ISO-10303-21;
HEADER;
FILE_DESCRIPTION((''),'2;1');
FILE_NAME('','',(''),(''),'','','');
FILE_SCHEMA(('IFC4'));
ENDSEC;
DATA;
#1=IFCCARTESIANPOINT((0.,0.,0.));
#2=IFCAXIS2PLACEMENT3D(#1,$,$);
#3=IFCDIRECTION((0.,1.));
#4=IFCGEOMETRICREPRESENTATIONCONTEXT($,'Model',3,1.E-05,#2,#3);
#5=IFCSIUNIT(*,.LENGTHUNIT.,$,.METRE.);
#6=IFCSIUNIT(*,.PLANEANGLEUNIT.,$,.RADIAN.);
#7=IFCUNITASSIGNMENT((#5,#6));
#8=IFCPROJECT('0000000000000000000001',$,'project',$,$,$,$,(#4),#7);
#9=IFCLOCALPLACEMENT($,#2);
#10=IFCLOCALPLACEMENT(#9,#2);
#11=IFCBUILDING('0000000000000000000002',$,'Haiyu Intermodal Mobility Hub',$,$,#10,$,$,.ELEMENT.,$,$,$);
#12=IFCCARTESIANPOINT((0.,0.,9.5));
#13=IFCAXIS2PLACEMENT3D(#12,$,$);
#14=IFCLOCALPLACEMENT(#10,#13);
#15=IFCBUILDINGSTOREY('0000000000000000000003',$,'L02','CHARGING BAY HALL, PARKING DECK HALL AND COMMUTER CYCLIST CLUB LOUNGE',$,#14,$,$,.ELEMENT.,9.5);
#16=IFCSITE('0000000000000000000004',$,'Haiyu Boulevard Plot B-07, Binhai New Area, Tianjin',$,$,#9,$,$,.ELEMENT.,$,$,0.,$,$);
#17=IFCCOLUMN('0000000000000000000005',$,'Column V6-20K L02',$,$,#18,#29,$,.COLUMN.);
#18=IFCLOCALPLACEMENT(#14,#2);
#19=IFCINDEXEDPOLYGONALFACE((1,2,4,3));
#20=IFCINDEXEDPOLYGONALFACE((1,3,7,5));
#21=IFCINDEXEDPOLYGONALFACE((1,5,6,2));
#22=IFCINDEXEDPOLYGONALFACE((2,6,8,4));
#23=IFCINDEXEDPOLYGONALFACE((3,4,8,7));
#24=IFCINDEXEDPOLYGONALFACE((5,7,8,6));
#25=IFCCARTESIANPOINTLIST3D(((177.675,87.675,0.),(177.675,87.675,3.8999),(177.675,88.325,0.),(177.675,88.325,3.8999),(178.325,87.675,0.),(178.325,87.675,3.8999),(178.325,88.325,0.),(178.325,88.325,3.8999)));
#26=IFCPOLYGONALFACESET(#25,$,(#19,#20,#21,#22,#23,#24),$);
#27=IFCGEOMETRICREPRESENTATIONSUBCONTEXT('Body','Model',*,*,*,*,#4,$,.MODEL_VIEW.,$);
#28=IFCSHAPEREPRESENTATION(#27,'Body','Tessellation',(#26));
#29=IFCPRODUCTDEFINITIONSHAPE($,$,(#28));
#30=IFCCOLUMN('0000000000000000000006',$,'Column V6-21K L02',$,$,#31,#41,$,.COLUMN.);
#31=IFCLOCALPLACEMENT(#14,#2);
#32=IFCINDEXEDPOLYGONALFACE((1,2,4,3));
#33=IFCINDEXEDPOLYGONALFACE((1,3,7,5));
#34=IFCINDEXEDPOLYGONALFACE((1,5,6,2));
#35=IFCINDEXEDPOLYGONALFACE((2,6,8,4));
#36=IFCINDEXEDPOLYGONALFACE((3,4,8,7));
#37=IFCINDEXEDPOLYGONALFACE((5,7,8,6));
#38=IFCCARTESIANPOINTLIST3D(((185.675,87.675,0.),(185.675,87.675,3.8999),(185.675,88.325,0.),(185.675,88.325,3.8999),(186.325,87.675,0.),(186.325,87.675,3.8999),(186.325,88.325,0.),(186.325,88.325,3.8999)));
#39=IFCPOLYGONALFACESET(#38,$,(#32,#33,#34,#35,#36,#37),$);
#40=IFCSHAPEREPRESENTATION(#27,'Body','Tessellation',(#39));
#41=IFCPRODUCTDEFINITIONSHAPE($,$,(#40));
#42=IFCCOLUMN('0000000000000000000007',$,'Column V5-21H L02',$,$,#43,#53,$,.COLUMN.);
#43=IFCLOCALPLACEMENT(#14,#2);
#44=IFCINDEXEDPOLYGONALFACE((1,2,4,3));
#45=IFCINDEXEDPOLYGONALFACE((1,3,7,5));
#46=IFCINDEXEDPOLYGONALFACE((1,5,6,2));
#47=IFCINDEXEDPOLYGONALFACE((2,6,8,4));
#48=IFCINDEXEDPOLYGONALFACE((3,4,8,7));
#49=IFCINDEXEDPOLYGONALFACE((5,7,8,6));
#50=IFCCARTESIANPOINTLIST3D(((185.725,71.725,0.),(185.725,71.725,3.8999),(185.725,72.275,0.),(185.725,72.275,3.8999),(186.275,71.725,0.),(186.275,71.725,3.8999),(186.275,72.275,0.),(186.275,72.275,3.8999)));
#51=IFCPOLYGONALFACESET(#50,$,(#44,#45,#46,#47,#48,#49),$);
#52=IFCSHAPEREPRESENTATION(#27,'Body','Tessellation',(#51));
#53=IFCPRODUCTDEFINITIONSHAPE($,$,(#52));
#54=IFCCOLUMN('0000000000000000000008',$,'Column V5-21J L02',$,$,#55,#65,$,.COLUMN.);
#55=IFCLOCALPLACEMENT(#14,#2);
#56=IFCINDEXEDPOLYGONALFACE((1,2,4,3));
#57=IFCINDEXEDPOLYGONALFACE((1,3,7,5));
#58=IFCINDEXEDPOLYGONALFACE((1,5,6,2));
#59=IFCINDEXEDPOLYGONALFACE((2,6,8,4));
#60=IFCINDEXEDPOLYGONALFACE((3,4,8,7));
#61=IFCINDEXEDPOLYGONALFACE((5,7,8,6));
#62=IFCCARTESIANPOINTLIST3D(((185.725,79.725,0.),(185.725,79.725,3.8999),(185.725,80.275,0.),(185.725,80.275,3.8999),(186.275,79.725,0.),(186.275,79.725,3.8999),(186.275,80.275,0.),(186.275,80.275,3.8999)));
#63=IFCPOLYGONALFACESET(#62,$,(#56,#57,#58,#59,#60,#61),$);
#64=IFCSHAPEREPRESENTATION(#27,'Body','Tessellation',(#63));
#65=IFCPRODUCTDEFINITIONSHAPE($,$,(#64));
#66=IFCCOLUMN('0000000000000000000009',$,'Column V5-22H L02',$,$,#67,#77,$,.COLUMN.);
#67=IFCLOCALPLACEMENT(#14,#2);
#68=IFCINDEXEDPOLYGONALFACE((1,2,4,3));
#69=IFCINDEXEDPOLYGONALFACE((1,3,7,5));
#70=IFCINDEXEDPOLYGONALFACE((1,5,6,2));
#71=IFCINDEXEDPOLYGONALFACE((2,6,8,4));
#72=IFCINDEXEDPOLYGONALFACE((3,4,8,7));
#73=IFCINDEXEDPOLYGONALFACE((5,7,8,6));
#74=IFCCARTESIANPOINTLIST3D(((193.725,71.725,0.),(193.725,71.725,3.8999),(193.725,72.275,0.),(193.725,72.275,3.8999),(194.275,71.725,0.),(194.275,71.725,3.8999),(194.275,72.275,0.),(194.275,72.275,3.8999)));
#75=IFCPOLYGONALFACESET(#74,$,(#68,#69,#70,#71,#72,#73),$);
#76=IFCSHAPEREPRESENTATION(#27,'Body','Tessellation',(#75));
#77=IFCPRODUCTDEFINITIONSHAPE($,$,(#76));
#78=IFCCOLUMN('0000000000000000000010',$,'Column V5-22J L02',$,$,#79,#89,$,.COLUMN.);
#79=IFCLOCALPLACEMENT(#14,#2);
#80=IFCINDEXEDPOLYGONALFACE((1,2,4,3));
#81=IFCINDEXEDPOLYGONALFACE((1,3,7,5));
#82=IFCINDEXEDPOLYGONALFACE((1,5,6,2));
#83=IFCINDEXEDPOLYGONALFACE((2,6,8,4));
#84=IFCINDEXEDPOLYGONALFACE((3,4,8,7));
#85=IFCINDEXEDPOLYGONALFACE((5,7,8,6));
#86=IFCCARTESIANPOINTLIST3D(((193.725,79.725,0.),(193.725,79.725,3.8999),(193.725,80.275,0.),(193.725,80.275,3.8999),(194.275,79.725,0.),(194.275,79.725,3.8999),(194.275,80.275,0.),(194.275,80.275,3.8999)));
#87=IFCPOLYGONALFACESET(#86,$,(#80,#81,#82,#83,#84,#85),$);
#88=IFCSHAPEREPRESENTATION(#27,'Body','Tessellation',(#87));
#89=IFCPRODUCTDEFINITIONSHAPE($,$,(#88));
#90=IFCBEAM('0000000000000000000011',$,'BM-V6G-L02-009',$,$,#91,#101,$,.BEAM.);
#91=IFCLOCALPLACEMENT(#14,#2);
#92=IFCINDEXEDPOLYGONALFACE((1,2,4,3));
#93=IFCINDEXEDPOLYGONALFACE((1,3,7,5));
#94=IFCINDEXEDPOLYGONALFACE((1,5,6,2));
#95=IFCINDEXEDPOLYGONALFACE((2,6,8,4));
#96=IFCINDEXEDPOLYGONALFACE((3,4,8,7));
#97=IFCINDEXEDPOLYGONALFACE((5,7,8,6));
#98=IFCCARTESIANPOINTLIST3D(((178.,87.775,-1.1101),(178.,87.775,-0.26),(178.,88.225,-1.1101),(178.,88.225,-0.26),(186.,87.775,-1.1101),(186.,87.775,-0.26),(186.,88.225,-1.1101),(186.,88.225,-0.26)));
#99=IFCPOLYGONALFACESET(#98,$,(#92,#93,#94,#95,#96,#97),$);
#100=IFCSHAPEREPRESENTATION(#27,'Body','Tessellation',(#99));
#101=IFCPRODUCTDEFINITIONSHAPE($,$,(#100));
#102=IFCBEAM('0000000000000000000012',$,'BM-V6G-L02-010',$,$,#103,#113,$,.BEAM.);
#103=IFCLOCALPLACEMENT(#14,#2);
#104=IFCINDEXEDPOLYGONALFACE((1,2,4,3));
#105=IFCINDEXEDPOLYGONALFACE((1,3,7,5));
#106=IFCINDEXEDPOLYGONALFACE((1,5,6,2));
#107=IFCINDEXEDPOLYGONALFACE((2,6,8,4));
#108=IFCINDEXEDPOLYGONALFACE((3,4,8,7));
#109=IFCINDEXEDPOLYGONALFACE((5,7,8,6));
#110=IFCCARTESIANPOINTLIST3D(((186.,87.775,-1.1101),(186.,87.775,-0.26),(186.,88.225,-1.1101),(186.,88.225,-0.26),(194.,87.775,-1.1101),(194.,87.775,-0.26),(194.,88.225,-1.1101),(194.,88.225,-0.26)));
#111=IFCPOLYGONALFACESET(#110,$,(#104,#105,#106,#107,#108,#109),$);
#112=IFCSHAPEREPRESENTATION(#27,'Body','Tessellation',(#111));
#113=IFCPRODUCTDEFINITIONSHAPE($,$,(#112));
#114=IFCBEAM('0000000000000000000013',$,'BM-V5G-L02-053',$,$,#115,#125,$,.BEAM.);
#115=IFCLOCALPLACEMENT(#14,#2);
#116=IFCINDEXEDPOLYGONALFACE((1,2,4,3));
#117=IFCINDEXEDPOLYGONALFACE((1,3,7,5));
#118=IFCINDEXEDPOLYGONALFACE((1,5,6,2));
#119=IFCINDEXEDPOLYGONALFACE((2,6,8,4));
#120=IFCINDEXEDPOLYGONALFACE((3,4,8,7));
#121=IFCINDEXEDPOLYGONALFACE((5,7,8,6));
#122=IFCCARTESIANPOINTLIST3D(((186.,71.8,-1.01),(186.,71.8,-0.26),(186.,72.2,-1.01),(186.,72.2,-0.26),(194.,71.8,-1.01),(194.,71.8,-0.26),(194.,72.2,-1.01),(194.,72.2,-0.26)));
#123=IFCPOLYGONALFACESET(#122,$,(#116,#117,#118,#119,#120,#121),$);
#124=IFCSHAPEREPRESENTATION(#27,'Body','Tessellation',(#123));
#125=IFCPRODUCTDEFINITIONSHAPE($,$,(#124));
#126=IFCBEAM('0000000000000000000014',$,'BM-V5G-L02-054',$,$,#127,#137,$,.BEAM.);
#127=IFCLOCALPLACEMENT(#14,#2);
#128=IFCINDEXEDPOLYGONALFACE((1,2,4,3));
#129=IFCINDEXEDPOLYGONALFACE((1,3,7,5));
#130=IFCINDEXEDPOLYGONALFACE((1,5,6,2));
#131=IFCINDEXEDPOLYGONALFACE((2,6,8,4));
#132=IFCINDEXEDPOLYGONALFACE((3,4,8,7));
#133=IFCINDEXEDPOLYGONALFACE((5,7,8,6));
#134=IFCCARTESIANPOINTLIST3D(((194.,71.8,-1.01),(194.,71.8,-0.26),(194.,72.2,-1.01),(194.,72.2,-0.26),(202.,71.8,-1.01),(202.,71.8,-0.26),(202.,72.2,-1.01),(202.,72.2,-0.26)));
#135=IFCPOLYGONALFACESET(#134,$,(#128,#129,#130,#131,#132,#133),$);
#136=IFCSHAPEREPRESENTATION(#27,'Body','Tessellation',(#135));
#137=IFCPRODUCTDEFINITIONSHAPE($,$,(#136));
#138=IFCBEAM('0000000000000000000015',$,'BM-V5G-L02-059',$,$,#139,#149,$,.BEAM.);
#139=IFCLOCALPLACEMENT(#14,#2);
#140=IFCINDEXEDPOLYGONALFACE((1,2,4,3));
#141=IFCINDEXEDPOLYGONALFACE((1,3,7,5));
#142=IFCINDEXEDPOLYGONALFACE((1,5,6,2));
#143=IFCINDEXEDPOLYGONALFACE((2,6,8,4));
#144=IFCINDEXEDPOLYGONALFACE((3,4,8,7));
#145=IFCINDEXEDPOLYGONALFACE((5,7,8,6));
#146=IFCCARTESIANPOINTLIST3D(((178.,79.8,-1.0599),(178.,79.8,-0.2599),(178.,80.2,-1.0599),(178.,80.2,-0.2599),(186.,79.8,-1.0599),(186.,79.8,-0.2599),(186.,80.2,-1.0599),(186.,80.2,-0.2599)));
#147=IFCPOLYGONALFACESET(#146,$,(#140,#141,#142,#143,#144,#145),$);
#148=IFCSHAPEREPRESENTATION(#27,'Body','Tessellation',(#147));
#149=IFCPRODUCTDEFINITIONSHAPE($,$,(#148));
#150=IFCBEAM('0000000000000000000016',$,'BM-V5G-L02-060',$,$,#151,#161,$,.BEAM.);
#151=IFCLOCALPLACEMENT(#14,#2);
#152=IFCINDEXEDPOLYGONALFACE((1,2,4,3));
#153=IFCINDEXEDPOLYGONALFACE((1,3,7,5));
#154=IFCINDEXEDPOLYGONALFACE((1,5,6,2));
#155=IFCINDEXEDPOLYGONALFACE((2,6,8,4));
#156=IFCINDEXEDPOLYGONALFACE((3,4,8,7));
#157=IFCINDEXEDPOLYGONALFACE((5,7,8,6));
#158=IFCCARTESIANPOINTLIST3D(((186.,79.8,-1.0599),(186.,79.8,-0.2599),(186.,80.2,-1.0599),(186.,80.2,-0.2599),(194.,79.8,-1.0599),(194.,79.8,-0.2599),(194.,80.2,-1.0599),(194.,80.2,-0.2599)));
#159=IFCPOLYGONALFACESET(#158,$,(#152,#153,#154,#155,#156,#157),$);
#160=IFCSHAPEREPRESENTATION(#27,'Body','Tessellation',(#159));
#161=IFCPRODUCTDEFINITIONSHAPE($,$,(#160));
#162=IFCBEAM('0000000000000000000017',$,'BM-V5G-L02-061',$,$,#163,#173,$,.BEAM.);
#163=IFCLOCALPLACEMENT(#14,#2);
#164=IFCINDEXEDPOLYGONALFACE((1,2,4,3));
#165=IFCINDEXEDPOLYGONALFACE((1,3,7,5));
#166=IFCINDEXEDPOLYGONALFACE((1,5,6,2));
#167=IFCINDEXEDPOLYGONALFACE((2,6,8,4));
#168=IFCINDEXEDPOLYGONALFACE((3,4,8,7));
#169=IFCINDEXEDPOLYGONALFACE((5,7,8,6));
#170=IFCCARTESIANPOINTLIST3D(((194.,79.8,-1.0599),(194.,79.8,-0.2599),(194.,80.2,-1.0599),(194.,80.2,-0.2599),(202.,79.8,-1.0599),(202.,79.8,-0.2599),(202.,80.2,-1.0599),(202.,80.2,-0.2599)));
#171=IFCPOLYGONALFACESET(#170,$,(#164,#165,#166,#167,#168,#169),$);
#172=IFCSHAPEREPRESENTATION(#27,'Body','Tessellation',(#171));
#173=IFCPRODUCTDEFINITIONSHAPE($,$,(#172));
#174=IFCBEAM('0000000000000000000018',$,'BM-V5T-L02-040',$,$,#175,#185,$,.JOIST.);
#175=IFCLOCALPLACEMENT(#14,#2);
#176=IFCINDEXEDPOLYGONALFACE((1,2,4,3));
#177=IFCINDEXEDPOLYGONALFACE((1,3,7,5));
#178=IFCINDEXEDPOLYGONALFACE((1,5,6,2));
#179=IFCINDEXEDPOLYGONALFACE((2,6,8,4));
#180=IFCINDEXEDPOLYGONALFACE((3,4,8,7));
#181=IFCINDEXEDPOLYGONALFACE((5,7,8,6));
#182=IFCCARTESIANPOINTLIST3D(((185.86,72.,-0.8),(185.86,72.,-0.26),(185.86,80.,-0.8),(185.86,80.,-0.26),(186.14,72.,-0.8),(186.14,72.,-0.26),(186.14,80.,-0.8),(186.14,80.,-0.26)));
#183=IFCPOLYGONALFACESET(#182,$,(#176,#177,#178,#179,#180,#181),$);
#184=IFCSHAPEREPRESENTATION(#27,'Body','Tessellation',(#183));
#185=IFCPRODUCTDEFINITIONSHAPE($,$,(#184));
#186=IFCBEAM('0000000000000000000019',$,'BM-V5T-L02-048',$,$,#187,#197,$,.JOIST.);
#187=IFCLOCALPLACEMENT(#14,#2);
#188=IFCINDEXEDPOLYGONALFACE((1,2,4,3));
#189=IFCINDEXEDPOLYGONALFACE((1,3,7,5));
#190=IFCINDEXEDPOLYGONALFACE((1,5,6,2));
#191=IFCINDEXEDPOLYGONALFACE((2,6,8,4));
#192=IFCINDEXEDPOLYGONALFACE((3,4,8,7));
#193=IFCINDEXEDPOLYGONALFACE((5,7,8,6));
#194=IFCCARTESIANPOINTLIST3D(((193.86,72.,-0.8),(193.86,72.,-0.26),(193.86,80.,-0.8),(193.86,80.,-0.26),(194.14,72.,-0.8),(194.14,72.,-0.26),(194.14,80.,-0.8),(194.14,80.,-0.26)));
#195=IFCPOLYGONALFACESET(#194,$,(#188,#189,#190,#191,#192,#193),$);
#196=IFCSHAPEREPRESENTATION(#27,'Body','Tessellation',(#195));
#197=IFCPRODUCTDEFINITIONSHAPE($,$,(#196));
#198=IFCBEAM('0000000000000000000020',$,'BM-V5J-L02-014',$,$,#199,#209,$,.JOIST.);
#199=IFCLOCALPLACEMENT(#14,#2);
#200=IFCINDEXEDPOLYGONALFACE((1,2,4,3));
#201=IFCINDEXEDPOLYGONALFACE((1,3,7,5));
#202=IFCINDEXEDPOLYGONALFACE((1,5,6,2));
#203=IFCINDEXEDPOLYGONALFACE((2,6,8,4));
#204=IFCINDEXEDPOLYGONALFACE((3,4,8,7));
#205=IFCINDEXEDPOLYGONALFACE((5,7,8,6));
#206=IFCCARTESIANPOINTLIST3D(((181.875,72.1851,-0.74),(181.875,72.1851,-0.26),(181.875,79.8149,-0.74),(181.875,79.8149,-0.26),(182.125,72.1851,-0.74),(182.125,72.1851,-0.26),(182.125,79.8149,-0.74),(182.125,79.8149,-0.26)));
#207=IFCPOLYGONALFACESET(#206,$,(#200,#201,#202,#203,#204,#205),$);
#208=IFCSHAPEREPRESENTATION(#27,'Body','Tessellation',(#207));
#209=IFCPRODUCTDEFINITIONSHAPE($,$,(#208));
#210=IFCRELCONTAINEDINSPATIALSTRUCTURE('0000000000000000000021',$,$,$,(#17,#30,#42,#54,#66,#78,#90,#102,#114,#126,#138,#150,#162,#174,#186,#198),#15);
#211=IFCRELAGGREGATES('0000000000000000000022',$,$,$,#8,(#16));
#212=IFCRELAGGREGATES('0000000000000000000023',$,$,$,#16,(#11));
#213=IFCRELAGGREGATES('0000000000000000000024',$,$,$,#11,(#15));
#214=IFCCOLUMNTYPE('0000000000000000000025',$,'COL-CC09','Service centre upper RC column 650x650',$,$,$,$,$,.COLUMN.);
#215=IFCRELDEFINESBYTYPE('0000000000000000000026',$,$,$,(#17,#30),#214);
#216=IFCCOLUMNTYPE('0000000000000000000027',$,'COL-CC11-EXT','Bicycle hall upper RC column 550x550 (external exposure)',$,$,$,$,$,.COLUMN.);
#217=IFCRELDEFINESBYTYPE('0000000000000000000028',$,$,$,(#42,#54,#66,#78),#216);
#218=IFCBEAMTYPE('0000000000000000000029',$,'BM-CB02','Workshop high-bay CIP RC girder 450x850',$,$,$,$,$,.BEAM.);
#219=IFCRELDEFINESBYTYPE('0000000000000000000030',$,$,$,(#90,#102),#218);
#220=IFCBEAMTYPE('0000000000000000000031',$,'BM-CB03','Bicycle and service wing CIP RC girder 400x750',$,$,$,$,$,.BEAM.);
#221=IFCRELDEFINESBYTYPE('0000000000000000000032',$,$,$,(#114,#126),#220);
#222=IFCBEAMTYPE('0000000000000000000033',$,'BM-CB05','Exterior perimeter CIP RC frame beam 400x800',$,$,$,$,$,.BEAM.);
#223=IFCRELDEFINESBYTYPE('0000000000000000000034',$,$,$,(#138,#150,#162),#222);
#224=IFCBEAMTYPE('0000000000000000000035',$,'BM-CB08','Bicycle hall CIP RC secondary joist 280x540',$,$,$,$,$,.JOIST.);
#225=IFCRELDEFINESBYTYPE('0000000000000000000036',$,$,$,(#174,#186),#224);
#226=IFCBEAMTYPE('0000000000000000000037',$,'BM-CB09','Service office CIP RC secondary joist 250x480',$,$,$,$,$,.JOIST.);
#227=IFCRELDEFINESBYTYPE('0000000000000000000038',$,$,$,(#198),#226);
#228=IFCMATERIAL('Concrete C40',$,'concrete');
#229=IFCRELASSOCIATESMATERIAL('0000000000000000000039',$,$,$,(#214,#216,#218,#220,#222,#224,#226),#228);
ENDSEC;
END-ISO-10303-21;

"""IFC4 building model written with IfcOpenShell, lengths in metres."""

from ifc_helpers import new_model, si_unit, direction, frame, origin, origin_2d, place, context, subcontext, project, spatial, rectangle, extrude, material, material_profile, profile_set, type_object, element, save


model = new_model("IFC4")

# Units and contexts
model_context = context("Model", 3, precision=1e-05, world=origin(), true_north=direction((0.0, 1.0)))
body_context = subcontext(model_context, "Body", "Model", "MODEL_VIEW")
ifc_project = project(units=[si_unit("LENGTHUNIT", "METRE"), si_unit("PLANEANGLEUNIT", "RADIAN")], contexts=[model_context])

# Site, building, storey
site_placement = place(None, origin())
site = spatial("IfcSite", under=ifc_project, at=site_placement, Name="Haiyu Boulevard Plot B-07, Binhai New Area, Tianjin", CompositionType="ELEMENT", RefElevation=0.0)
building_placement = place(site_placement, origin())
building = spatial("IfcBuilding", under=site, at=building_placement, Name="Haiyu Intermodal Mobility Hub", CompositionType="ELEMENT")
storey_placement = place(building_placement, frame((0.0, 0.0, 9.5)))
storey = spatial("IfcBuildingStorey", under=building, at=storey_placement, Name="L02", Description="CHARGING BAY HALL, PARKING DECK HALL AND COMMUTER CYCLIST CLUB LOUNGE", CompositionType="ELEMENT", Elevation=9.5)

# Columns
ifc_material_1 = material(Name="Concrete C40", Category="concrete")
ifc_material_profile_1 = material_profile(ifc_material_1, rectangle(XDim=0.6499, YDim=0.6499, at=origin_2d()), Name="RC650x650")
ifc_profile_set_1 = profile_set([ifc_material_profile_1], Name="Concrete C40")
column_type_1 = type_object("IfcColumnType", Name="COL-CC09", Description="Service centre upper RC column 650x650", PredefinedType="COLUMN", material=ifc_profile_set_1)
for number, where, z_axis, x_axis, name in (
    (1, (178.0, 88.0, 0.0), (0.0, 0.0, 1.0), (1.0, 0.0, 0.0), "Column V6-20K L02"),
    (2, (186.0, 88.0, 0.0), (0.0, 0.0, 1.0), (1.0, 0.0, 0.0), "Column V6-21K L02"),
):
    element("IfcColumn", number, at=place(storey_placement, frame(where, z_axis=z_axis, x_axis=x_axis)), inside=storey, type_object=column_type_1, Name=name, PredefinedType="COLUMN", context=body_context, shape_type="SweptSolid", body=[
        extrude(rectangle(XDim=0.6499, YDim=0.6499, at=origin_2d()), origin(), (0.0, 0.0, 1.0), 3.8999),
    ])
ifc_material_profile_2 = material_profile(ifc_material_1, rectangle(XDim=0.55, YDim=0.55, at=origin_2d()), Name="RC550x550")
ifc_profile_set_2 = profile_set([ifc_material_profile_2], Name="Concrete C40")
column_type_2 = type_object("IfcColumnType", Name="COL-CC11-EXT", Description="Bicycle hall upper RC column 550x550 (external exposure)", PredefinedType="COLUMN", material=ifc_profile_set_2)
for number, where, z_axis, x_axis, name in (
    (3, (186.0, 72.0, 0.0), (0.0, 0.0, 1.0), (1.0, 0.0, 0.0), "Column V5-21H L02"),
    (4, (186.0, 80.0, 0.0), (0.0, 0.0, 1.0), (1.0, 0.0, 0.0), "Column V5-21J L02"),
    (5, (194.0, 72.0, 0.0), (0.0, 0.0, 1.0), (1.0, 0.0, 0.0), "Column V5-22H L02"),
    (6, (194.0, 80.0, 0.0), (0.0, 0.0, 1.0), (1.0, 0.0, 0.0), "Column V5-22J L02"),
):
    element("IfcColumn", number, at=place(storey_placement, frame(where, z_axis=z_axis, x_axis=x_axis)), inside=storey, type_object=column_type_2, Name=name, PredefinedType="COLUMN", context=body_context, shape_type="SweptSolid", body=[
        extrude(rectangle(XDim=0.55, YDim=0.55, at=origin_2d()), origin(), (0.0, 0.0, 1.0), 3.8999),
    ])

# Beams
ifc_material_profile_3 = material_profile(ifc_material_1, rectangle(XDim=0.45, YDim=0.8501, at=origin_2d()), Name="RCB450x850")
ifc_profile_set_3 = profile_set([ifc_material_profile_3], Name="Concrete C40")
beam_type_1 = type_object("IfcBeamType", Name="BM-CB02", Description="Workshop high-bay CIP RC girder 450x850", PredefinedType="BEAM", material=ifc_profile_set_3)
for number, where, z_axis, x_axis, name in (
    (7, (178.0, 88.0, -0.6851), (1.0, 0.0, 0.0), (0.0, 1.0, 0.0), "BM-V6G-L02-009"),
    (8, (186.0, 88.0, -0.6851), (1.0, 0.0, 0.0), (0.0, 1.0, 0.0), "BM-V6G-L02-010"),
):
    element("IfcBeam", number, at=place(storey_placement, frame(where, z_axis=z_axis, x_axis=x_axis)), inside=storey, type_object=beam_type_1, Name=name, PredefinedType="BEAM", context=body_context, shape_type="SweptSolid", body=[
        extrude(rectangle(XDim=0.45, YDim=0.8501, at=origin_2d()), origin(), (0.0, 0.0, 1.0), 8.0),
    ])
ifc_material_profile_4 = material_profile(ifc_material_1, rectangle(XDim=0.3999, YDim=0.75, at=origin_2d()), Name="RCB400x750")
ifc_profile_set_4 = profile_set([ifc_material_profile_4], Name="Concrete C40")
beam_type_2 = type_object("IfcBeamType", Name="BM-CB03", Description="Bicycle and service wing CIP RC girder 400x750", PredefinedType="BEAM", material=ifc_profile_set_4)
for number, where, z_axis, x_axis, name in (
    (9, (186.0, 72.0, -0.635), (1.0, 0.0, 0.0), (0.0, 1.0, 0.0), "BM-V5G-L02-053"),
    (10, (194.0, 72.0, -0.635), (1.0, 0.0, 0.0), (0.0, 1.0, 0.0), "BM-V5G-L02-054"),
):
    element("IfcBeam", number, at=place(storey_placement, frame(where, z_axis=z_axis, x_axis=x_axis)), inside=storey, type_object=beam_type_2, Name=name, PredefinedType="BEAM", context=body_context, shape_type="SweptSolid", body=[
        extrude(rectangle(XDim=0.3999, YDim=0.75, at=origin_2d()), origin(), (0.0, 0.0, 1.0), 8.0),
    ])
ifc_material_profile_5 = material_profile(ifc_material_1, rectangle(XDim=0.3999, YDim=0.8, at=origin_2d()), Name="RCB400x800")
ifc_profile_set_5 = profile_set([ifc_material_profile_5], Name="Concrete C40")
beam_type_3 = type_object("IfcBeamType", Name="BM-CB05", Description="Exterior perimeter CIP RC frame beam 400x800", PredefinedType="BEAM", material=ifc_profile_set_5)
for number, where, z_axis, x_axis, name in (
    (11, (178.0, 80.0, -0.6599), (1.0, 0.0, 0.0), (0.0, 1.0, 0.0), "BM-V5G-L02-059"),
    (12, (186.0, 80.0, -0.6599), (1.0, 0.0, 0.0), (0.0, 1.0, 0.0), "BM-V5G-L02-060"),
    (13, (194.0, 80.0, -0.6599), (1.0, 0.0, 0.0), (0.0, 1.0, 0.0), "BM-V5G-L02-061"),
):
    element("IfcBeam", number, at=place(storey_placement, frame(where, z_axis=z_axis, x_axis=x_axis)), inside=storey, type_object=beam_type_3, Name=name, PredefinedType="BEAM", context=body_context, shape_type="SweptSolid", body=[
        extrude(rectangle(XDim=0.3999, YDim=0.8, at=origin_2d()), origin(), (0.0, 0.0, 1.0), 8.0),
    ])
ifc_material_profile_6 = material_profile(ifc_material_1, rectangle(XDim=0.28, YDim=0.54, at=origin_2d()), Name="RCB280x540")
ifc_profile_set_6 = profile_set([ifc_material_profile_6], Name="Concrete C40")
beam_type_4 = type_object("IfcBeamType", Name="BM-CB08", Description="Bicycle hall CIP RC secondary joist 280x540", PredefinedType="JOIST", material=ifc_profile_set_6)
for number, where, z_axis, x_axis, name in (
    (14, (186.0, 72.0, -0.53), (0.0, 1.0, 0.0), (-1.0, 0.0, 0.0), "BM-V5T-L02-040"),
    (15, (194.0, 72.0, -0.53), (0.0, 1.0, 0.0), (-1.0, 0.0, 0.0), "BM-V5T-L02-048"),
):
    element("IfcBeam", number, at=place(storey_placement, frame(where, z_axis=z_axis, x_axis=x_axis)), inside=storey, type_object=beam_type_4, Name=name, PredefinedType="JOIST", context=body_context, shape_type="SweptSolid", body=[
        extrude(rectangle(XDim=0.28, YDim=0.54, at=origin_2d()), origin(), (0.0, 0.0, 1.0), 8.0),
    ])
ifc_material_profile_7 = material_profile(ifc_material_1, rectangle(XDim=0.25, YDim=0.48, at=origin_2d()), Name="RCB250x480")
ifc_profile_set_7 = profile_set([ifc_material_profile_7], Name="Concrete C40")
beam_type_5 = type_object("IfcBeamType", Name="BM-CB09", Description="Service office CIP RC secondary joist 250x480", PredefinedType="JOIST", material=ifc_profile_set_7)
for number, where, z_axis, x_axis, name in (
    (16, (182.0, 72.1851, -0.5), (0.0, 1.0, 0.0), (-1.0, 0.0, 0.0), "BM-V5J-L02-014"),
):
    element("IfcBeam", number, at=place(storey_placement, frame(where, z_axis=z_axis, x_axis=x_axis)), inside=storey, type_object=beam_type_5, Name=name, PredefinedType="JOIST", context=body_context, shape_type="SweptSolid", body=[
        extrude(rectangle(XDim=0.25, YDim=0.48, at=origin_2d()), origin(), (0.0, 0.0, 1.0), 7.6299),
    ])

save(model, "model.ifc")
